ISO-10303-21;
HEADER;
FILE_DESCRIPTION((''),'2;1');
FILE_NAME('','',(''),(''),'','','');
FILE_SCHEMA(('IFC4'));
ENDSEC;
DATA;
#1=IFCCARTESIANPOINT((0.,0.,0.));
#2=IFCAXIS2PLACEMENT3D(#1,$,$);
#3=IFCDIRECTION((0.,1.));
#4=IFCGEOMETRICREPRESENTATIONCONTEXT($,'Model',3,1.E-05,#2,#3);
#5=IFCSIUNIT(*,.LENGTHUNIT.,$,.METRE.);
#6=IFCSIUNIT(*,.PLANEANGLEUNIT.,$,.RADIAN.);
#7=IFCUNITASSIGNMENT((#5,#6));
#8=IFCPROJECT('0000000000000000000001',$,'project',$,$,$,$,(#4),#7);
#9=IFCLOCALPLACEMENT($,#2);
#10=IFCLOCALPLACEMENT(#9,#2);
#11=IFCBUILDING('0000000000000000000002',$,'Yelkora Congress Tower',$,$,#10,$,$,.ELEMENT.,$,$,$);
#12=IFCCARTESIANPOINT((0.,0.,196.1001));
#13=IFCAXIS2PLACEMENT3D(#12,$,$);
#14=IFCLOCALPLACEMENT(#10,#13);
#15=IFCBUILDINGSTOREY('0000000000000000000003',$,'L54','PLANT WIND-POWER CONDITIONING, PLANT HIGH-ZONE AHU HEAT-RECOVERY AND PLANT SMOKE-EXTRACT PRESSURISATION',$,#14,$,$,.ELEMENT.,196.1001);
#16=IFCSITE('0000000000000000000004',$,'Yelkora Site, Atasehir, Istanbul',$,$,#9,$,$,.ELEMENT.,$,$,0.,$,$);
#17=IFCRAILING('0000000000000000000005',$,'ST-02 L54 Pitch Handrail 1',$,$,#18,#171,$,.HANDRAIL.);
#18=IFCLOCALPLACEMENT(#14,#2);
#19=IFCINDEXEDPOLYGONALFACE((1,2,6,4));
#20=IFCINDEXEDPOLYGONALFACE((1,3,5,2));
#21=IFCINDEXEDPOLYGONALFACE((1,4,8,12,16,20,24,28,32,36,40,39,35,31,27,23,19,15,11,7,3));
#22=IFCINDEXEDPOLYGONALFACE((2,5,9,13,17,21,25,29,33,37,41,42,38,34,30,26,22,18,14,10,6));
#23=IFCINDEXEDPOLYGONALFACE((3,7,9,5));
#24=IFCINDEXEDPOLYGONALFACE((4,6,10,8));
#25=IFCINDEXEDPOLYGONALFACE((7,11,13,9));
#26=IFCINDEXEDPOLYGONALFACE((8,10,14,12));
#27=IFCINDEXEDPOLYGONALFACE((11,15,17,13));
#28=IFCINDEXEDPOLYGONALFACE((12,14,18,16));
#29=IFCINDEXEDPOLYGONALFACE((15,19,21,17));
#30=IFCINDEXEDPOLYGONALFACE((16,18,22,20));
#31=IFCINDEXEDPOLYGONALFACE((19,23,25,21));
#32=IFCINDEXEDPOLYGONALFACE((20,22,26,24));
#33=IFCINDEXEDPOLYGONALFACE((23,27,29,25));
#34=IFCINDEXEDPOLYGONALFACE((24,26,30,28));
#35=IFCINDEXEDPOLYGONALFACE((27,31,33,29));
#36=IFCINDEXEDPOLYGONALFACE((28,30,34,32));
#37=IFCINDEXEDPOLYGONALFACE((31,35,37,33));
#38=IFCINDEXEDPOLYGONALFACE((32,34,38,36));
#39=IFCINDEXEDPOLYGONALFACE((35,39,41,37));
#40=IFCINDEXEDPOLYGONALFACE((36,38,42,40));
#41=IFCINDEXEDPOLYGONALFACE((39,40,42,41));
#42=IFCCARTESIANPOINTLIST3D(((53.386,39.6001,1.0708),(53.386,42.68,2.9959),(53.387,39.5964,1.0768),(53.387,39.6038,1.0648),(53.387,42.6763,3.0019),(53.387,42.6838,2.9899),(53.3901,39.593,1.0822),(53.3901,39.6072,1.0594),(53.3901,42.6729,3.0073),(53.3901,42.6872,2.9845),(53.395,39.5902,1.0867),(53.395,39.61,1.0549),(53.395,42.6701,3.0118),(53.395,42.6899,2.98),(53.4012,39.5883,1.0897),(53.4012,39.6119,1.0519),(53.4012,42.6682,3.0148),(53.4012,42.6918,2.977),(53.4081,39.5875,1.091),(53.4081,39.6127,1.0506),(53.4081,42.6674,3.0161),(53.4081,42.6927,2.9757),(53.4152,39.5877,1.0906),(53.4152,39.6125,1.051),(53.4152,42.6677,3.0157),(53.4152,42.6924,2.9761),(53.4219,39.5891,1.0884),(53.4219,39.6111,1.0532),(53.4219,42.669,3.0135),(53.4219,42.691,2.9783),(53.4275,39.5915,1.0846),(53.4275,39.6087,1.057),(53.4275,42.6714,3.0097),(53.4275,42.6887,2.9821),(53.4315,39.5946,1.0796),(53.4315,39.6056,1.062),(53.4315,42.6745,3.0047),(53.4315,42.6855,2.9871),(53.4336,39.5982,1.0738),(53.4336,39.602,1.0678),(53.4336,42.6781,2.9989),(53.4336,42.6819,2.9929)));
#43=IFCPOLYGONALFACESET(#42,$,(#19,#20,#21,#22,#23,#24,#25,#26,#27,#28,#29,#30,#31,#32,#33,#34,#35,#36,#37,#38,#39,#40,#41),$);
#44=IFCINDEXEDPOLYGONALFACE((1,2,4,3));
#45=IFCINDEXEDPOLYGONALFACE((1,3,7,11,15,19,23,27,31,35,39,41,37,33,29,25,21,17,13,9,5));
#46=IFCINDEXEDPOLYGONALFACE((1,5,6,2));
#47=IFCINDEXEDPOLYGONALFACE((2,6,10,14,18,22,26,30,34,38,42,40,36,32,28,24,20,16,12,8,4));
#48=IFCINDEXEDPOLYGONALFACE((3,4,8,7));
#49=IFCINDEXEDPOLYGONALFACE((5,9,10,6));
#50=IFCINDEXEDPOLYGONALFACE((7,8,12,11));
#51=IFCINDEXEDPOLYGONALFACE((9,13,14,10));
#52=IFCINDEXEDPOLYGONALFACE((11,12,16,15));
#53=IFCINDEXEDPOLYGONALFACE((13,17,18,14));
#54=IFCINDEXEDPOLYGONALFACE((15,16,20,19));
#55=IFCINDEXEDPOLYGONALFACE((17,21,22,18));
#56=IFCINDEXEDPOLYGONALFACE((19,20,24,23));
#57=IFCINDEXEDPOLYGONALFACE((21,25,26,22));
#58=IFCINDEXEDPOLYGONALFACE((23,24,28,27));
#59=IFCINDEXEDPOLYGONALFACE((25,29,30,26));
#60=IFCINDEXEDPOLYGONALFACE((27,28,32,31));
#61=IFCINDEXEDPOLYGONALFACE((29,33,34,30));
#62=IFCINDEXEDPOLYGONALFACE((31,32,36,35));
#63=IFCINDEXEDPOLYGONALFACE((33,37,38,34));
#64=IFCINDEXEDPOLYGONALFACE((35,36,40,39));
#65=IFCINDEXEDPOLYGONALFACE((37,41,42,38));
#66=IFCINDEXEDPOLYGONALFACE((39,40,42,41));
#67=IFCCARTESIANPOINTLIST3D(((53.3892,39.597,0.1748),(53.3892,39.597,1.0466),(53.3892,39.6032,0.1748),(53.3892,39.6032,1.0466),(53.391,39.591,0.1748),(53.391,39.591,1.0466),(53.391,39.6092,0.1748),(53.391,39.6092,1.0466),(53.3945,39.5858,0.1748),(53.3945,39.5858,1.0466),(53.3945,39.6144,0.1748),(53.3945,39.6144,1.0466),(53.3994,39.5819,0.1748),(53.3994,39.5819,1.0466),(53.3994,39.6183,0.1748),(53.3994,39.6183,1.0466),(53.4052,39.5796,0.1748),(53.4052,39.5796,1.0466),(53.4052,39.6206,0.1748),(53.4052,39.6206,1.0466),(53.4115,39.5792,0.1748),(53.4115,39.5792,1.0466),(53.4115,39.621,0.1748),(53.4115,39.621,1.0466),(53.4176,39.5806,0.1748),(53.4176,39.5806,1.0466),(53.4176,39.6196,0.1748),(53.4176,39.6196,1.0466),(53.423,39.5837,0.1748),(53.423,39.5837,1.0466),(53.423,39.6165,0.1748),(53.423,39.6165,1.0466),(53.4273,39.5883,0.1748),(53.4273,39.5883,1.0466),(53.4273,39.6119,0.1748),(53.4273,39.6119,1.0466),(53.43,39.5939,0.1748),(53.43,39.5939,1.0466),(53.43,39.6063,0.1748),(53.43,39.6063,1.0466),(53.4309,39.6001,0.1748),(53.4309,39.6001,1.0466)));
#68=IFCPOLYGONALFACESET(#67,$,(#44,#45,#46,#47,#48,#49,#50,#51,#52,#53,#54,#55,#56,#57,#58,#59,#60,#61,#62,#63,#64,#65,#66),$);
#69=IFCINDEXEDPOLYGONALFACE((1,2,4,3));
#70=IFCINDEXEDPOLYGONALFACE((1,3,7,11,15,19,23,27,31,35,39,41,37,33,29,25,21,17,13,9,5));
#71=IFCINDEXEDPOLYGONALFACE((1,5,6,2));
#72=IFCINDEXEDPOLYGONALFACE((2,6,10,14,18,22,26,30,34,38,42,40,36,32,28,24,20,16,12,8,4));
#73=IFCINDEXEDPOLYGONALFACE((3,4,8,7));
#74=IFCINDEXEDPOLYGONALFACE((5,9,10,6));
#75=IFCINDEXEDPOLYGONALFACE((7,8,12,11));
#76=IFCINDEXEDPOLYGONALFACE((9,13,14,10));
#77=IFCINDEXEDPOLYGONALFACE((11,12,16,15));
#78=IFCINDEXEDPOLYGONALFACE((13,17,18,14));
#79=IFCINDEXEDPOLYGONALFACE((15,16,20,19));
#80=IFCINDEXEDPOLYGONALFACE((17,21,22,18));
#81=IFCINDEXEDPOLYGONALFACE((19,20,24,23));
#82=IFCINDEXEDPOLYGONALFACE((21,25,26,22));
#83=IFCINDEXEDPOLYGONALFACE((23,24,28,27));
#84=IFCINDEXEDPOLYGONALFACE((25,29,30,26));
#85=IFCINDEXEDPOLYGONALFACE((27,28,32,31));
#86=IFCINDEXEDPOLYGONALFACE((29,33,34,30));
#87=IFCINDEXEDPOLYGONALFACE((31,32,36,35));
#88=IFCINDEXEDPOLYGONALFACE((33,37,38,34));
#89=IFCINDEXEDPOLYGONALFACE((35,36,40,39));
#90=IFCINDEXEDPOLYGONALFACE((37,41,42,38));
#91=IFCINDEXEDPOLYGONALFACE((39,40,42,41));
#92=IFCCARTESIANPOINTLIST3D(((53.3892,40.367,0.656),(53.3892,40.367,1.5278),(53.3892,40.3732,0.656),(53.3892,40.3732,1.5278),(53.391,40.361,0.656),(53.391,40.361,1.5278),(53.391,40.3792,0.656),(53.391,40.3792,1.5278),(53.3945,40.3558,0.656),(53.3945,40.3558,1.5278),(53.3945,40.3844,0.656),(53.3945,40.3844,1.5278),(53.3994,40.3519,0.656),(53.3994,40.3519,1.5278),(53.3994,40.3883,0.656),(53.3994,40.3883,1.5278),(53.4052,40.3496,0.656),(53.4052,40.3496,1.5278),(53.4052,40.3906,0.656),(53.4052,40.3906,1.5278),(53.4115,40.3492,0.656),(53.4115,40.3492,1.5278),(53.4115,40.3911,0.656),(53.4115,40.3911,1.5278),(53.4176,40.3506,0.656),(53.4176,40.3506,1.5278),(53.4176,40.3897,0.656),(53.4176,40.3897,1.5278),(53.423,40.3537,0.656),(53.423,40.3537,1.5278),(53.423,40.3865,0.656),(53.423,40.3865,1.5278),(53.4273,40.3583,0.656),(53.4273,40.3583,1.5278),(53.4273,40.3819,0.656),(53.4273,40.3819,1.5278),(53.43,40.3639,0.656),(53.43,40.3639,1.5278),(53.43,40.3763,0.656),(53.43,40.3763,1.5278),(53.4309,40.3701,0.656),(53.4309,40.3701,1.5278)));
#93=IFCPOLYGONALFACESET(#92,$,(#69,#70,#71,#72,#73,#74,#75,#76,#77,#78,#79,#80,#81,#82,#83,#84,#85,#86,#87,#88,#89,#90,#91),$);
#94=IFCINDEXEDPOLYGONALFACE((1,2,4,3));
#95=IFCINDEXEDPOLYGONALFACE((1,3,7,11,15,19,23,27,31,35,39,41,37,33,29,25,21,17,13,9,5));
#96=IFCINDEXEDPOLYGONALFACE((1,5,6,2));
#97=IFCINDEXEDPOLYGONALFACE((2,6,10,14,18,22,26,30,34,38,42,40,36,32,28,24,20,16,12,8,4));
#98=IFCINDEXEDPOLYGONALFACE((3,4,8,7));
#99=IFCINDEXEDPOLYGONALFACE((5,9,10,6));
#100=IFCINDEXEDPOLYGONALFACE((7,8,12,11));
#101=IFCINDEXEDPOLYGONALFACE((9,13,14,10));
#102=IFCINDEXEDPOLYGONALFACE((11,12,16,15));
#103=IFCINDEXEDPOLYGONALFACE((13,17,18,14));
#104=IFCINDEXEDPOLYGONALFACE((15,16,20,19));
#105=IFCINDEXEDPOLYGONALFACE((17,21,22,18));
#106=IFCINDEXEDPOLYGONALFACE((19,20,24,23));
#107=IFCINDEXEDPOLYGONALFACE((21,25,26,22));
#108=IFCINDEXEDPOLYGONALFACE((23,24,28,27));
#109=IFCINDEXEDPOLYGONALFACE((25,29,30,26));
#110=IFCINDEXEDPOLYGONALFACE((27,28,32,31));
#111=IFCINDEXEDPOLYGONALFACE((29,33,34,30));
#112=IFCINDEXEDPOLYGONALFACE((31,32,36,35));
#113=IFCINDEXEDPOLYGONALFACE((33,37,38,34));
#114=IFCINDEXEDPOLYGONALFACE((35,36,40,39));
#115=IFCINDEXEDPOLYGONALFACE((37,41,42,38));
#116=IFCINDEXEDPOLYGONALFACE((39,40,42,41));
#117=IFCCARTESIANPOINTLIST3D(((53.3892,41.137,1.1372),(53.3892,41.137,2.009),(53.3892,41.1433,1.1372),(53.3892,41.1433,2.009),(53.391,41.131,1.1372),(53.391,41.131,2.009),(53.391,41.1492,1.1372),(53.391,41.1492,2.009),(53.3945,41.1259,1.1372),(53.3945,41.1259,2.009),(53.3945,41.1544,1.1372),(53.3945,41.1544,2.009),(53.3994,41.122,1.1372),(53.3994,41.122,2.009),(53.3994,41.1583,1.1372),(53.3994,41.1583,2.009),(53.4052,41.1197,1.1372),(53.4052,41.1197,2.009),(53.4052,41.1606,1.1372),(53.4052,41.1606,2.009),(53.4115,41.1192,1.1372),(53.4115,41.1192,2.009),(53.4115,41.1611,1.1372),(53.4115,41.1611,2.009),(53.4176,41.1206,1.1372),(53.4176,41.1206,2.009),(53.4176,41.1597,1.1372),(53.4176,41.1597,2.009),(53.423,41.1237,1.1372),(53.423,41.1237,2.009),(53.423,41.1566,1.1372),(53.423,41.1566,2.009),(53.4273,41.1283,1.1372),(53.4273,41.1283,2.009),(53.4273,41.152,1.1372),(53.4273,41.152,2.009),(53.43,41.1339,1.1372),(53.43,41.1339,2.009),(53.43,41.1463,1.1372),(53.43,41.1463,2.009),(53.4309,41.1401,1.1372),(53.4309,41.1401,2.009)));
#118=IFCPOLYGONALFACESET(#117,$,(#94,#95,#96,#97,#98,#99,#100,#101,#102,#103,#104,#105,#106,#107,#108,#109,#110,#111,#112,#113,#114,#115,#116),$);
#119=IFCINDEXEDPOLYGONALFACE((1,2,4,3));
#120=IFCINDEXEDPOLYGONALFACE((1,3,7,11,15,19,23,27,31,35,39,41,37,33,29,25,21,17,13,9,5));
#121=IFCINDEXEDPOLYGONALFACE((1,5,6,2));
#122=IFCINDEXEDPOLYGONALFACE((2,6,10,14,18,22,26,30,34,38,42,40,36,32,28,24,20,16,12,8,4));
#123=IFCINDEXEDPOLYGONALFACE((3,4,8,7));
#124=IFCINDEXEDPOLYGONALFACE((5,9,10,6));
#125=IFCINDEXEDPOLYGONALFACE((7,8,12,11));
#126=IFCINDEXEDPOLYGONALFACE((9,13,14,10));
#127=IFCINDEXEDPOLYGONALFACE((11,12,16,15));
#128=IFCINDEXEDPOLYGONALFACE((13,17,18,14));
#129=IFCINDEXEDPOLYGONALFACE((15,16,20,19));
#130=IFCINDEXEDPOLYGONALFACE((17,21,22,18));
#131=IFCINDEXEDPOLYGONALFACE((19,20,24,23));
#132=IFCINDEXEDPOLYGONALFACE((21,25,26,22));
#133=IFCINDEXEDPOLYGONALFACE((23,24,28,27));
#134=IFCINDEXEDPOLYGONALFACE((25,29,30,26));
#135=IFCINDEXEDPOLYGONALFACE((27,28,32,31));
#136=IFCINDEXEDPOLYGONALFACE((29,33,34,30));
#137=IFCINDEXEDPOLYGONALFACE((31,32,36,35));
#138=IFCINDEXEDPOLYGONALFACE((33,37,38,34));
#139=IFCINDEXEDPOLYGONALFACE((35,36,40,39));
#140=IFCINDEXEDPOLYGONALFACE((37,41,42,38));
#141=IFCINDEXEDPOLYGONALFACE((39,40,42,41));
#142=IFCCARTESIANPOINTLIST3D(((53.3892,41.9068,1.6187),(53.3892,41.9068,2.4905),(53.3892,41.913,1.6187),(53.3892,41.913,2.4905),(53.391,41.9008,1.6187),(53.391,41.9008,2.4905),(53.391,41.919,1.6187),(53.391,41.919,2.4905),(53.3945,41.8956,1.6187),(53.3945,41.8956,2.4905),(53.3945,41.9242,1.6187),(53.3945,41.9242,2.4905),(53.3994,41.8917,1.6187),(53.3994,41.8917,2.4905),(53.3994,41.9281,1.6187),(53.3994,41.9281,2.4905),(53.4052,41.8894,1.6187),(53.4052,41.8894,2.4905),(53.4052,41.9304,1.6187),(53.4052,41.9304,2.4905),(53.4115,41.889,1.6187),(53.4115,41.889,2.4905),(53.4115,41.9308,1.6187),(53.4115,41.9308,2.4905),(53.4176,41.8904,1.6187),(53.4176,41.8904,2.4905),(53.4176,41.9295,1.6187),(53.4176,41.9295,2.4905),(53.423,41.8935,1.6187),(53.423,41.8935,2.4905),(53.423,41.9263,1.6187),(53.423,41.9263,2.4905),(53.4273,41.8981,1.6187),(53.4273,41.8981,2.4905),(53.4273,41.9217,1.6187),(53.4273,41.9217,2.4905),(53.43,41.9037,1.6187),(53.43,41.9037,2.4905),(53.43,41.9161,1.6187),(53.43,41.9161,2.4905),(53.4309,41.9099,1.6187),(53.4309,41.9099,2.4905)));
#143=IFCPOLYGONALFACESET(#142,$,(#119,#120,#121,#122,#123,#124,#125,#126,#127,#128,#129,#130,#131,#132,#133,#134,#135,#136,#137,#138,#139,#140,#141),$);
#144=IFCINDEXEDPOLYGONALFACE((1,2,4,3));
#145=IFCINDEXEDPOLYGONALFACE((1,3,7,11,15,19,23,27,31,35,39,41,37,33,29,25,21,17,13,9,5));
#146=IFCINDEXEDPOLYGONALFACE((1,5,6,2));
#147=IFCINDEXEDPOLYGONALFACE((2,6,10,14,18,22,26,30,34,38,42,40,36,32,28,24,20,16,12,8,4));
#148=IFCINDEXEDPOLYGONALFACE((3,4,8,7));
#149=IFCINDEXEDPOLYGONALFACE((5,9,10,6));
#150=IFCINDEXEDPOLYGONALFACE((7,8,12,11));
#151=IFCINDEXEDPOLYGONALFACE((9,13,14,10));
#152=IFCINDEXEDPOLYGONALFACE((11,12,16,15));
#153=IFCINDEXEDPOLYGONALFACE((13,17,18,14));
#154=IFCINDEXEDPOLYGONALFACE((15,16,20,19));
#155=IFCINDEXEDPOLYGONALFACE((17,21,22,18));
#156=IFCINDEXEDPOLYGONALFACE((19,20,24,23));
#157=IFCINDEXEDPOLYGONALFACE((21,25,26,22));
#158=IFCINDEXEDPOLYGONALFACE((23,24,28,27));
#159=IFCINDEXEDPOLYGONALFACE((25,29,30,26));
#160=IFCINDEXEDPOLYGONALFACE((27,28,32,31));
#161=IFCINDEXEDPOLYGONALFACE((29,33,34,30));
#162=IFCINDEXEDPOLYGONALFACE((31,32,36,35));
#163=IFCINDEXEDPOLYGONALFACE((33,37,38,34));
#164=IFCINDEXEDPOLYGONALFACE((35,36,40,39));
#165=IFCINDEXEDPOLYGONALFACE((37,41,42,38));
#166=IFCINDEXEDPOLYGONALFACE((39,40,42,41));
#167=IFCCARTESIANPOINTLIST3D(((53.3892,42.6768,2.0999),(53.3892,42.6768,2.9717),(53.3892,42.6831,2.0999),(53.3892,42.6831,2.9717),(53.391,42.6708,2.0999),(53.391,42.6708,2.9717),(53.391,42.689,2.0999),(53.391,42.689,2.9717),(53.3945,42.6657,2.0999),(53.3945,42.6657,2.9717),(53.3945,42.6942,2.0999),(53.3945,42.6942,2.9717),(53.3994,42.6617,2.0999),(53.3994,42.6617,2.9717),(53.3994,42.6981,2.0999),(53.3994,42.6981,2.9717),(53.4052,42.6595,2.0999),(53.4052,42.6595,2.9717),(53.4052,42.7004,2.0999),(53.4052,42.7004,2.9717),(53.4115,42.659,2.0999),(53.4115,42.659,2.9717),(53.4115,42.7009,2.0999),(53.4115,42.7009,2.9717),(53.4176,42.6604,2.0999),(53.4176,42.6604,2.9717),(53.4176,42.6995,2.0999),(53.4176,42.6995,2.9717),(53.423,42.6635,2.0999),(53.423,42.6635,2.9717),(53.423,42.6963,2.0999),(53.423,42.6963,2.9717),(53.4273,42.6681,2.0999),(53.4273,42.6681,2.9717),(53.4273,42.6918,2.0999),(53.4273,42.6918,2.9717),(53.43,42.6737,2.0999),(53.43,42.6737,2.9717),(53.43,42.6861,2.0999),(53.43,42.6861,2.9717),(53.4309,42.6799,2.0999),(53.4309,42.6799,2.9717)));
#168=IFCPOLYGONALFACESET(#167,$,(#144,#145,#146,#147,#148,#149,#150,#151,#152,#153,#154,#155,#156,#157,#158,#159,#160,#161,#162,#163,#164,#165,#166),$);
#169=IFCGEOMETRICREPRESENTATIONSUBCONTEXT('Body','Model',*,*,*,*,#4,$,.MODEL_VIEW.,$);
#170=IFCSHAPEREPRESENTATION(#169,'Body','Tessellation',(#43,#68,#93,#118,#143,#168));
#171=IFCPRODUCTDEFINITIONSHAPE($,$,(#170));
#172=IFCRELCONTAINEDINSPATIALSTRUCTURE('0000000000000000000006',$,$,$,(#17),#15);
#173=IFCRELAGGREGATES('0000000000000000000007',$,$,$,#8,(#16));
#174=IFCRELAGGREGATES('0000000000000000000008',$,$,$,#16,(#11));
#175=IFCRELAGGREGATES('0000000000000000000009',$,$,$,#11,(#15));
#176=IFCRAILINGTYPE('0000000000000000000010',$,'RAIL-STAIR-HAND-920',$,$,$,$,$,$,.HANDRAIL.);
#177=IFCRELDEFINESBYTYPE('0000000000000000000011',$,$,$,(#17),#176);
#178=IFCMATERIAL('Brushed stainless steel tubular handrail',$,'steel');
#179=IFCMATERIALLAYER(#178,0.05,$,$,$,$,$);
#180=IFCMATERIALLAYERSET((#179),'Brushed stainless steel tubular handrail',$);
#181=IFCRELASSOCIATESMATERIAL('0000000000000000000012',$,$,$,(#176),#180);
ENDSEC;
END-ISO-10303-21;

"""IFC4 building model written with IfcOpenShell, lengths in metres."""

from ifc_helpers import new_model, si_unit, direction, frame, origin, origin_2d, place, context, subcontext, project, spatial, circle, extrude, material, layer, layer_set, type_object, element, save


model = new_model("IFC4")

# Units and contexts
model_context = context("Model", 3, precision=1e-05, world=origin(), true_north=direction((0.0, 1.0)))
body_context = subcontext(model_context, "Body", "Model", "MODEL_VIEW")
ifc_project = project(units=[si_unit("LENGTHUNIT", "METRE"), si_unit("PLANEANGLEUNIT", "RADIAN")], contexts=[model_context])

# Site, building, storey
site_placement = place(None, origin())
site = spatial("IfcSite", under=ifc_project, at=site_placement, Name="Yelkora Site, Atasehir, Istanbul", CompositionType="ELEMENT", RefElevation=0.0)
building_placement = place(site_placement, origin())
building = spatial("IfcBuilding", under=site, at=building_placement, Name="Yelkora Congress Tower", CompositionType="ELEMENT")
storey_placement = place(building_placement, frame((0.0, 0.0, 196.1001)))
storey = spatial("IfcBuildingStorey", under=building, at=storey_placement, Name="L54", Description="PLANT WIND-POWER CONDITIONING, PLANT HIGH-ZONE AHU HEAT-RECOVERY AND PLANT SMOKE-EXTRACT PRESSURISATION", CompositionType="ELEMENT", Elevation=196.1001)

# Railing
ifc_material_1 = material(Name="Brushed stainless steel tubular handrail", Category="steel")
ifc_layer_1 = layer(ifc_material_1, 0.05)
ifc_layer_set_1 = layer_set([ifc_layer_1], Name="Brushed stainless steel tubular handrail")
railing_type_1 = type_object("IfcRailingType", Name="RAIL-STAIR-HAND-920", PredefinedType="HANDRAIL", material=ifc_layer_set_1)
railing_1_placement = place(storey_placement, frame((53.4099, 39.6001, 0.1748)))
element("IfcRailing", 1, at=railing_1_placement, inside=storey, type_object=railing_type_1, Name="ST-02 L54 Pitch Handrail 1", PredefinedType="HANDRAIL", context=body_context, shape_type="SweptSolid", body=[
    extrude(circle(Radius=0.0239, at=origin_2d()), frame((0.0, 0.0, 0.896), z_axis=(0.0, 0.847979, 0.530029), x_axis=(-1.0, 0.0, 0.0)), (0.0, 0.0, 1.0), 3.6321),
    extrude(circle(Radius=0.021, at=origin_2d()), origin(), (0.0, 0.0, 1.0), 0.8718),
    extrude(circle(Radius=0.021, at=origin_2d()), frame((0.0, 0.77, 0.4812)), (0.0, 0.0, 1.0), 0.8718),
    extrude(circle(Radius=0.021, at=origin_2d()), frame((0.0, 1.54, 0.9624)), (0.0, 0.0, 1.0), 0.8718),
    extrude(circle(Radius=0.021, at=origin_2d()), frame((0.0, 2.3098, 1.4438)), (0.0, 0.0, 1.0), 0.8718),
    extrude(circle(Radius=0.021, at=origin_2d()), frame((0.0, 3.0798, 1.925)), (0.0, 0.0, 1.0), 0.8718),
])

save(model, "model.ifc")
